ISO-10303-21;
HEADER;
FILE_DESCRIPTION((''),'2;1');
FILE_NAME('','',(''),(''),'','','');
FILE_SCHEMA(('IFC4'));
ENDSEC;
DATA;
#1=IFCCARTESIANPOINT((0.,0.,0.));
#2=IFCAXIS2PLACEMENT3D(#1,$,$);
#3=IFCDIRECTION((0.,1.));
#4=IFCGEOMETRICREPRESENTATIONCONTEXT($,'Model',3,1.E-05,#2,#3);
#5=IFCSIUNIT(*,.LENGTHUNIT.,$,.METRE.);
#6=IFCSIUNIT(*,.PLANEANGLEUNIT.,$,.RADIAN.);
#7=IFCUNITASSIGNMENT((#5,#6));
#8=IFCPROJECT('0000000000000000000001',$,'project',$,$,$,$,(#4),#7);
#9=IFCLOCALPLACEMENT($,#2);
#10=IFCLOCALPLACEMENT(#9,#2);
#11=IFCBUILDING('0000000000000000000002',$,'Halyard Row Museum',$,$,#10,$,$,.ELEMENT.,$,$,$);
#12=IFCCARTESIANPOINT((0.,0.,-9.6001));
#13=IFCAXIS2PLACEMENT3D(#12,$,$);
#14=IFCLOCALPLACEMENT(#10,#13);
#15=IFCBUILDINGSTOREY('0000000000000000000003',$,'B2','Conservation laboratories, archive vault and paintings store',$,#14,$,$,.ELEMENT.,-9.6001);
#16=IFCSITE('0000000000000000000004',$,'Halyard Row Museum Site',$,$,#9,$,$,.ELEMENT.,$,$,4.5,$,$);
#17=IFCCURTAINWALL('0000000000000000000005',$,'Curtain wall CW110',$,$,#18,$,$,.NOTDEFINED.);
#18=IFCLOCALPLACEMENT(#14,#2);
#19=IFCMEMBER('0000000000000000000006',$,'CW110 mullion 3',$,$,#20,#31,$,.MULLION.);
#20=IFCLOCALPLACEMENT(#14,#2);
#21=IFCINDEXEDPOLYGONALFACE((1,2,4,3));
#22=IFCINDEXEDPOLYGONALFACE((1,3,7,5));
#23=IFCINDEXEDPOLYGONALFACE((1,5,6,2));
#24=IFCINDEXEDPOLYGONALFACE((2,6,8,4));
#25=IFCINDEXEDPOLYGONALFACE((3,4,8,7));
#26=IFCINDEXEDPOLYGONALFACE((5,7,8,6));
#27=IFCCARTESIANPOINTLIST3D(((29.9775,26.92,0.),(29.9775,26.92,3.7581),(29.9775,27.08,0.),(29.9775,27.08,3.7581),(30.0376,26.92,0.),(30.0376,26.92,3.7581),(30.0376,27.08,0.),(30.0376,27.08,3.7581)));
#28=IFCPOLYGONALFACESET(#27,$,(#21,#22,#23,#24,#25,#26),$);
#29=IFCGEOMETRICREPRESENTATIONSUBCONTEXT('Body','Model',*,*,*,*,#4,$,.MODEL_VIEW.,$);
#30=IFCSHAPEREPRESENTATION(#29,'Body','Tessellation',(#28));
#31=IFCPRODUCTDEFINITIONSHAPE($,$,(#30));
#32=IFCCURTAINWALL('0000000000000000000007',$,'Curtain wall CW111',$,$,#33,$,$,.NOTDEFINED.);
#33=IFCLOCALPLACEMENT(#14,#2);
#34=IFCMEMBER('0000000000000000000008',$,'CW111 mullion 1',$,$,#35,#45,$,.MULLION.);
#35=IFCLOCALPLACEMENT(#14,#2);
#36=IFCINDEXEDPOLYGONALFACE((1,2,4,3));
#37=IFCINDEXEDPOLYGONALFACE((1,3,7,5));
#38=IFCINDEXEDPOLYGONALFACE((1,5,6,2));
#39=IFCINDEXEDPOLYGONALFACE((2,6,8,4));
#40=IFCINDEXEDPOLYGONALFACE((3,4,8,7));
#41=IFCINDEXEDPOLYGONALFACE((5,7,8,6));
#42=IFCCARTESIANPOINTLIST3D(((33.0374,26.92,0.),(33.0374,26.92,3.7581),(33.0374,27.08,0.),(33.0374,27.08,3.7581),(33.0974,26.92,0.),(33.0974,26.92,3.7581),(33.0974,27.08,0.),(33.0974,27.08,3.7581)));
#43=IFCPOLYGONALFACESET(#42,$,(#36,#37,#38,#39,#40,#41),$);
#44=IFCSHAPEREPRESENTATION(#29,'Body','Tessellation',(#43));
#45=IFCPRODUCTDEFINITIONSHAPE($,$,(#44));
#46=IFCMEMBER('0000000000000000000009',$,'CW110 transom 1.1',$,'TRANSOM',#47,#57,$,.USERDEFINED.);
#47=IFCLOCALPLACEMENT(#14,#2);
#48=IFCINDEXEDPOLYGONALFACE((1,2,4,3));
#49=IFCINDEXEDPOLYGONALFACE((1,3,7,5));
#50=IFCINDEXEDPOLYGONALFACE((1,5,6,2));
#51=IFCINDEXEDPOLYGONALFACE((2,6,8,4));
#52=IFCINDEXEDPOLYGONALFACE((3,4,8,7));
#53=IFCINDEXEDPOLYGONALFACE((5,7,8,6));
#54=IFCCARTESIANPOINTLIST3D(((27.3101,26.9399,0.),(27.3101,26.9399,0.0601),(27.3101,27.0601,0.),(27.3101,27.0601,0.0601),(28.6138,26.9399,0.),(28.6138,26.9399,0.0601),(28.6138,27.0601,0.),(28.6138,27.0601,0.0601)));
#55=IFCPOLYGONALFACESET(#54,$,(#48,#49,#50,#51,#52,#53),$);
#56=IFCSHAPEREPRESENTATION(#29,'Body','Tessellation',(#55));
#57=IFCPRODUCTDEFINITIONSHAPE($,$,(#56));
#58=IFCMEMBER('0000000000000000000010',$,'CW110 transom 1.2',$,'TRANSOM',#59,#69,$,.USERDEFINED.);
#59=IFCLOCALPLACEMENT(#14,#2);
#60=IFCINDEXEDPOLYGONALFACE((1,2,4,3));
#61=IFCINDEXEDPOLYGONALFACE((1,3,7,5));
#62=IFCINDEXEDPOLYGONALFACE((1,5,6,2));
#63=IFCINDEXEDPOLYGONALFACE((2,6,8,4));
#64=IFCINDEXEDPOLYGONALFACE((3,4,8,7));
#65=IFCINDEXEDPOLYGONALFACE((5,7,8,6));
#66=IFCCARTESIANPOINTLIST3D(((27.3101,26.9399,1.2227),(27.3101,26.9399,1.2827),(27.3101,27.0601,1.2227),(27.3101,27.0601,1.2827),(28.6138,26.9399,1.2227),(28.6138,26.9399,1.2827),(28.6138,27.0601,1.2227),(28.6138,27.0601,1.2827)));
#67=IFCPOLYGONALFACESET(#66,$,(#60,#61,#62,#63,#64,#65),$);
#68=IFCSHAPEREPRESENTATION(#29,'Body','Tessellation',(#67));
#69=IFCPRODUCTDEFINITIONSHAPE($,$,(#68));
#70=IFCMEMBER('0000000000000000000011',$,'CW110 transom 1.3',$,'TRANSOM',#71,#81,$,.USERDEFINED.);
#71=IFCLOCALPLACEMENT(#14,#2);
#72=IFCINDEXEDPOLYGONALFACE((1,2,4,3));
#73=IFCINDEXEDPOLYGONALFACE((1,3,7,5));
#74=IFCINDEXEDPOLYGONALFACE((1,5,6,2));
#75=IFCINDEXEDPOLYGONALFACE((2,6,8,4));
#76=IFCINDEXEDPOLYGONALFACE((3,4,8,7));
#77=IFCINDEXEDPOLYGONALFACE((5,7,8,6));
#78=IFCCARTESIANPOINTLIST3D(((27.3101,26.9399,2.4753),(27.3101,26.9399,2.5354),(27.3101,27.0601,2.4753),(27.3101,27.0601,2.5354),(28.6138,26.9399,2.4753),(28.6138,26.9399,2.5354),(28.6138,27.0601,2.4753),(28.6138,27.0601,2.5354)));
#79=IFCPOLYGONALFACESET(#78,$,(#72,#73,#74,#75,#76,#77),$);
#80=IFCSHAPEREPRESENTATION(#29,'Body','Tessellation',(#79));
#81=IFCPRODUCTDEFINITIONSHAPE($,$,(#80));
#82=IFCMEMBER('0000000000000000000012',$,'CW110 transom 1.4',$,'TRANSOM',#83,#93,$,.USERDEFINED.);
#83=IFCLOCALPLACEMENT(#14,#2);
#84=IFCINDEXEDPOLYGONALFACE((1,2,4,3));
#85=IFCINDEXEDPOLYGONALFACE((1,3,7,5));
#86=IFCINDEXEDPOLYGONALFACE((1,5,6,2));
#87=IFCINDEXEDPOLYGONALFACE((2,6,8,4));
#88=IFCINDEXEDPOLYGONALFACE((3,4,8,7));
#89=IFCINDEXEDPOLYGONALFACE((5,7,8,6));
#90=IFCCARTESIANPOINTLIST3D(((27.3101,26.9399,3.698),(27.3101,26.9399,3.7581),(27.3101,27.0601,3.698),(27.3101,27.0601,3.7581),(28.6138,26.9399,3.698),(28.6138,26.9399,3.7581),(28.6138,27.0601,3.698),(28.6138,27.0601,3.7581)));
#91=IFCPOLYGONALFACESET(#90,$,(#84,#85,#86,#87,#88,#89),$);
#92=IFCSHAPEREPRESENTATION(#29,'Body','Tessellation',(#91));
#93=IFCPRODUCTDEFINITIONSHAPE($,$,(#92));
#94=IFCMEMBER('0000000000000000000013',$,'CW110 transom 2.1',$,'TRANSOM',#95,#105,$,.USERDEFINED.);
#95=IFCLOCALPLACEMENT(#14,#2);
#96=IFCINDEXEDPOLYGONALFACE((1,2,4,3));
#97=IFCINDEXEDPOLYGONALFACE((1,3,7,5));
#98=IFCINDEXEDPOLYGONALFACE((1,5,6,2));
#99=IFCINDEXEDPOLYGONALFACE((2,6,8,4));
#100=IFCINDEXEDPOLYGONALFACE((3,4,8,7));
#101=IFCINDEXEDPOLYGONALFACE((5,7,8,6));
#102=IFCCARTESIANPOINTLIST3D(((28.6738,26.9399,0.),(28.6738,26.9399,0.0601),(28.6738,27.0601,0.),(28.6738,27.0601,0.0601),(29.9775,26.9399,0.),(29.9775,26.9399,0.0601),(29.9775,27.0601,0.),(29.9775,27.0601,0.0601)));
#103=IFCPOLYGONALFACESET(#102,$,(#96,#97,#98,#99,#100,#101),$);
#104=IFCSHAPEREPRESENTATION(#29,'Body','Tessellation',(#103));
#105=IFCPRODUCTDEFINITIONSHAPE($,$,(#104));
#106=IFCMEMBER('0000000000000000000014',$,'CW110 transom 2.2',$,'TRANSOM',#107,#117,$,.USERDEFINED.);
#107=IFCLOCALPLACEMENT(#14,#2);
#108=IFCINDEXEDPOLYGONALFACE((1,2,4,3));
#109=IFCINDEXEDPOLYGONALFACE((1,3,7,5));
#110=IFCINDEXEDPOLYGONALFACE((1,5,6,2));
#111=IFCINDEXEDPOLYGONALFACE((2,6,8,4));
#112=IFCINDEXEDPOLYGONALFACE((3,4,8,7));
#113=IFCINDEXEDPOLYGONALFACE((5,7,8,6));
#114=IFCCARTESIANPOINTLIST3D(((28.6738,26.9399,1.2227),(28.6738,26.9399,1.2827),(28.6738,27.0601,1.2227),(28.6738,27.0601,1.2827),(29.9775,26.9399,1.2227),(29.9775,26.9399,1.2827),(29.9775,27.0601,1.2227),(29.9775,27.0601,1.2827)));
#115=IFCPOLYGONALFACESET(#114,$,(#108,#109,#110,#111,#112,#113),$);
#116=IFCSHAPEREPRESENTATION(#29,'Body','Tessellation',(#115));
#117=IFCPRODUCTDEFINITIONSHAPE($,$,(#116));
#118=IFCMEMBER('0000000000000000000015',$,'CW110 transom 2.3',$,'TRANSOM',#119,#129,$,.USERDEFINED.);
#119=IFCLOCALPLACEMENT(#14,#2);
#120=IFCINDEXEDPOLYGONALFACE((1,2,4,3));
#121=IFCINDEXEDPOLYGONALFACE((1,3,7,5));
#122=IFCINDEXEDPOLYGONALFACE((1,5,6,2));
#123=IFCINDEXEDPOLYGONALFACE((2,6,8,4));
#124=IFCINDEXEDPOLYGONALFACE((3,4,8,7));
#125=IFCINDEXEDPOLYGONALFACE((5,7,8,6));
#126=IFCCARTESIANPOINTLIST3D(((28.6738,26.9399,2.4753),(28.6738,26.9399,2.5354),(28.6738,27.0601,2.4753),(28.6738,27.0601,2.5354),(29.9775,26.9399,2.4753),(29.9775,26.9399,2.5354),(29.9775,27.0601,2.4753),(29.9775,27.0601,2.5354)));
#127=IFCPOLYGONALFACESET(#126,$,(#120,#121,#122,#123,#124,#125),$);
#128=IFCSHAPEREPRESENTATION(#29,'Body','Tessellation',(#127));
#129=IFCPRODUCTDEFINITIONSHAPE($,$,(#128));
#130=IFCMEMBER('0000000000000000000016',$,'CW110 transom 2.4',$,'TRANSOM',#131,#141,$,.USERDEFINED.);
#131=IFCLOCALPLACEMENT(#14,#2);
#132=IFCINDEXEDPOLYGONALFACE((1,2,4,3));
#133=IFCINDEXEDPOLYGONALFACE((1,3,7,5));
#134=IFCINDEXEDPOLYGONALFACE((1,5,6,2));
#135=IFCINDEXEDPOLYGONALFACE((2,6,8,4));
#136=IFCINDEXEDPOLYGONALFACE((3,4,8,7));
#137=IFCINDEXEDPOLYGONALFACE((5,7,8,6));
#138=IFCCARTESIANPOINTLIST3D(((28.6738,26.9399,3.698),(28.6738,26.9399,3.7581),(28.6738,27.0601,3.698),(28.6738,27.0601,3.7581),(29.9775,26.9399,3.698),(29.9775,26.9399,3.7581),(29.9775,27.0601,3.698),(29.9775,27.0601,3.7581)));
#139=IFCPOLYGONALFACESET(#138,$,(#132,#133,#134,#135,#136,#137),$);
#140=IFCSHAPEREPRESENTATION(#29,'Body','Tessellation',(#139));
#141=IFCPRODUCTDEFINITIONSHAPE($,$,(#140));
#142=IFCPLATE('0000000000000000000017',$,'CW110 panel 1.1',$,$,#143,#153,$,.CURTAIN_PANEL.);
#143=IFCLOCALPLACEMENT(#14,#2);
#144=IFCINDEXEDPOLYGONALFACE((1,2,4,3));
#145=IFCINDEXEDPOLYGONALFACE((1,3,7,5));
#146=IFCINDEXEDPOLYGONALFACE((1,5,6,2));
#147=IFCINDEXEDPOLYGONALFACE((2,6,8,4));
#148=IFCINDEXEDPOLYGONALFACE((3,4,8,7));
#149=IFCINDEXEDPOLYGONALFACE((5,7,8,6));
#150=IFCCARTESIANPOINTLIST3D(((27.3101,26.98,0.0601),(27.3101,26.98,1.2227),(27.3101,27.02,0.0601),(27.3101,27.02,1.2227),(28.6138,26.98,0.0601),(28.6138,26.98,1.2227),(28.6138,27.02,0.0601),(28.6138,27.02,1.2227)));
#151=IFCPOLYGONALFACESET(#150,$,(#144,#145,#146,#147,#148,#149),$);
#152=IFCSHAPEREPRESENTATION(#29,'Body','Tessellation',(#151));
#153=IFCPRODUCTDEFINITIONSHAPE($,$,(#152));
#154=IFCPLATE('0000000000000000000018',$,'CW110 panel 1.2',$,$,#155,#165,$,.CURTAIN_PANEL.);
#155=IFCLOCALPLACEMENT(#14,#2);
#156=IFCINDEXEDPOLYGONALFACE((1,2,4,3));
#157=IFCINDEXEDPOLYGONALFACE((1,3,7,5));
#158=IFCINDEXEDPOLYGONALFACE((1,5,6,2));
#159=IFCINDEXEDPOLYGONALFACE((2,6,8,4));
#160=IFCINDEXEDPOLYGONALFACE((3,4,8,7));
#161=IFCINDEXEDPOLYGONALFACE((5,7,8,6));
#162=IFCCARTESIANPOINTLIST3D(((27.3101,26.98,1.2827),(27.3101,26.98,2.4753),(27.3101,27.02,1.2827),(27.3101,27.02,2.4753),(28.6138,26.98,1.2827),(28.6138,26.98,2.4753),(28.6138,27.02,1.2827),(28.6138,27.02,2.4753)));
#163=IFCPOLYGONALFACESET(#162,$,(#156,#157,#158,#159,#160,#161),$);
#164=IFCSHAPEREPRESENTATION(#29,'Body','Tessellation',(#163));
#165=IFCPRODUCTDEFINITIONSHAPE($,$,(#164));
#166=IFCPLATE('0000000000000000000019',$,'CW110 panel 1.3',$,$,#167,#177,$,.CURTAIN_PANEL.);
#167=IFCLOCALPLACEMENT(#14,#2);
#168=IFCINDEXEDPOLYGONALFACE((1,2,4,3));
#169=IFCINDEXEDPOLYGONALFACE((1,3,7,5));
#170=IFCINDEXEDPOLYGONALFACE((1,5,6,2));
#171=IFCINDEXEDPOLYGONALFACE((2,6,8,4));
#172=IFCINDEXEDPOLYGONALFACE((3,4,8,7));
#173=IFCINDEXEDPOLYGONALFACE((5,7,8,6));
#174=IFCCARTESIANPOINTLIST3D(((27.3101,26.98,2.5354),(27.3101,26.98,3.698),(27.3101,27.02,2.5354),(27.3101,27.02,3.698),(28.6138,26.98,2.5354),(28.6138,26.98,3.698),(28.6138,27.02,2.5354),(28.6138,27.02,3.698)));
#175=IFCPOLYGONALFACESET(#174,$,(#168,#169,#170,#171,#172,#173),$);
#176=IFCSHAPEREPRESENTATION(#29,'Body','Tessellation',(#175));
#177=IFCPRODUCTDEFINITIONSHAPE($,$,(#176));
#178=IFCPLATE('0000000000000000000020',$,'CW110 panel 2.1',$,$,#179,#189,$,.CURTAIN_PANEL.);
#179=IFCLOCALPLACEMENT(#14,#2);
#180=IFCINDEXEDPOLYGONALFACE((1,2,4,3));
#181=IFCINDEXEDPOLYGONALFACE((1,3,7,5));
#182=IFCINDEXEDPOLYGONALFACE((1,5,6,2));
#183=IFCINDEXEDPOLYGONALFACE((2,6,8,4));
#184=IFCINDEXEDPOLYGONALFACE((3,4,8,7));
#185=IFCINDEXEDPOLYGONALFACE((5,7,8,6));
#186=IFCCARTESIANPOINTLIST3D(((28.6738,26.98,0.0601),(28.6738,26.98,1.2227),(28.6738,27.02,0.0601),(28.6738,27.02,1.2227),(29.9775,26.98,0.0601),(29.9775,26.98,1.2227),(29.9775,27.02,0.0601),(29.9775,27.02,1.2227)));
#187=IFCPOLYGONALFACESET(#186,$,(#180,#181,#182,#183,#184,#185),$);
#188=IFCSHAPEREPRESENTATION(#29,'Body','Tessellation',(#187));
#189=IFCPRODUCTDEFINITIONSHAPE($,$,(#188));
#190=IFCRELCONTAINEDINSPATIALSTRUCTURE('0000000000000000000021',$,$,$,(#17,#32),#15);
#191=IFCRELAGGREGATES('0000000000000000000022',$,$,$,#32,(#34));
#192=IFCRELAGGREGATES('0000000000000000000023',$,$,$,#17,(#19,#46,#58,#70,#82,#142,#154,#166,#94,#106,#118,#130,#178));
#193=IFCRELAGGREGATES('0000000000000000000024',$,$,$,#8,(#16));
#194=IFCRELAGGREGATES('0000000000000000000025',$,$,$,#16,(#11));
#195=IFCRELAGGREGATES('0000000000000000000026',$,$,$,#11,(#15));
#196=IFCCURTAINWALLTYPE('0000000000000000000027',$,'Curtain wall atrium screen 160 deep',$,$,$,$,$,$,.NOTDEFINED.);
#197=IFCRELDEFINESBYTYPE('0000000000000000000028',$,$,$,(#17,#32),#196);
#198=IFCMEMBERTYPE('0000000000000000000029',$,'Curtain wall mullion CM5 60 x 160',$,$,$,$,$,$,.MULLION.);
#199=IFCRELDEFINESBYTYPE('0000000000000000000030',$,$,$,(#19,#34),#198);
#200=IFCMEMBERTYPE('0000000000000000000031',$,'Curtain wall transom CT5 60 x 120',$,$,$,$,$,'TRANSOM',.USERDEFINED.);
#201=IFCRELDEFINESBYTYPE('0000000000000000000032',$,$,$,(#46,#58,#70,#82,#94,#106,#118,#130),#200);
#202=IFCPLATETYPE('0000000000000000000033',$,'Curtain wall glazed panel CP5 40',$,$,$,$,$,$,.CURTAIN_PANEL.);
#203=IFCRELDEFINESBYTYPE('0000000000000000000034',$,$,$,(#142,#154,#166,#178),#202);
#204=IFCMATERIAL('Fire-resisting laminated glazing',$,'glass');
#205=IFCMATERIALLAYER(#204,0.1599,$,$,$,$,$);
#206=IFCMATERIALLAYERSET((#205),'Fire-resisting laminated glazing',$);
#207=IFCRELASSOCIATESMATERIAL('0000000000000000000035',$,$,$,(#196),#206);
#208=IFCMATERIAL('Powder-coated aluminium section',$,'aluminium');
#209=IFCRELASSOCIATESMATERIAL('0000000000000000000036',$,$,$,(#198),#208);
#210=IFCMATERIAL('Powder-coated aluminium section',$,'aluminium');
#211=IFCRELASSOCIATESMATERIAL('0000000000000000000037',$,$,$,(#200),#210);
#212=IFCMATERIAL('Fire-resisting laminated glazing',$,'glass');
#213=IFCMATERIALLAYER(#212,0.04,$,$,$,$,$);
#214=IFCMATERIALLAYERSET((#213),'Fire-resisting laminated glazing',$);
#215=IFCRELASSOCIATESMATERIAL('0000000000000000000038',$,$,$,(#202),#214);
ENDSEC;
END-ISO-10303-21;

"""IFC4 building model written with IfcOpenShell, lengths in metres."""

from ifc_helpers import new_model, si_unit, direction, frame, origin, origin_2d, place, context, subcontext, project, spatial, rectangle, extrude, material, layer, layer_set, material_profile, profile_set, type_object, element, aggregate, save


model = new_model("IFC4")

# Units and contexts
model_context = context("Model", 3, precision=1e-05, world=origin(), true_north=direction((0.0, 1.0)))
body_context = subcontext(model_context, "Body", "Model", "MODEL_VIEW")
ifc_project = project(units=[si_unit("LENGTHUNIT", "METRE"), si_unit("PLANEANGLEUNIT", "RADIAN")], contexts=[model_context])

# Site, building, storey
site_placement = place(None, origin())
site = spatial("IfcSite", under=ifc_project, at=site_placement, Name="Halyard Row Museum Site", CompositionType="ELEMENT", RefElevation=4.5)
building_placement = place(site_placement, origin())
building = spatial("IfcBuilding", under=site, at=building_placement, Name="Halyard Row Museum", CompositionType="ELEMENT")
storey_placement = place(building_placement, frame((0.0, 0.0, -9.6001)))
storey = spatial("IfcBuildingStorey", under=building, at=storey_placement, Name="B2", Description="Conservation laboratories, archive vault and paintings store", CompositionType="ELEMENT", Elevation=-9.6001)

# Curtain wall, member
ifc_material_1 = material(Name="Fire-resisting laminated glazing", Category="glass")
ifc_layer_1 = layer(ifc_material_1, 0.1599)
ifc_layer_set_1 = layer_set([ifc_layer_1], Name="Fire-resisting laminated glazing")
curtain_wall_type = type_object("IfcCurtainWallType", Name="Curtain wall atrium screen 160 deep", PredefinedType="NOTDEFINED", material=ifc_layer_set_1)
curtain_wall_1_placement = place(storey_placement, origin())
curtain_wall_1 = element("IfcCurtainWall", 1, at=curtain_wall_1_placement, inside=storey, type_object=curtain_wall_type, Name="Curtain wall CW110", PredefinedType="NOTDEFINED")
ifc_material_2 = material(Name="Powder-coated aluminium section", Category="aluminium")
ifc_material_profile_1 = material_profile(ifc_material_2, rectangle(XDim=0.1599, YDim=0.0601, at=origin_2d()), Name="160x60 mullion")
ifc_profile_set_1 = profile_set([ifc_material_profile_1], Name="Powder-coated aluminium section")
member_type_1 = type_object("IfcMemberType", Name="Curtain wall mullion CM5 60 x 160", PredefinedType="MULLION", material=ifc_profile_set_1)
member_1_placement = place(storey_placement, frame((30.0076, 27.0, 0.0), z_axis=(0.0, 0.0, 1.0), x_axis=(0.0, 1.0, 0.0)))
member_1 = element("IfcMember", 2, at=member_1_placement, type_object=member_type_1, Name="CW110 mullion 3", PredefinedType="MULLION", context=body_context, shape_type="SweptSolid", body=[
    extrude(rectangle(XDim=0.1599, YDim=0.0601, at=origin_2d()), origin(), (0.0, 0.0, 1.0), 3.7581),
])

# Curtain wall, member
curtain_wall_2_placement = place(storey_placement, origin())
curtain_wall_2 = element("IfcCurtainWall", 3, at=curtain_wall_2_placement, inside=storey, type_object=curtain_wall_type, Name="Curtain wall CW111", PredefinedType="NOTDEFINED")
member_2_placement = place(storey_placement, frame((33.0674, 27.0, 0.0), z_axis=(0.0, 0.0, 1.0), x_axis=(0.0, 1.0, 0.0)))
member_2 = element("IfcMember", 4, at=member_2_placement, type_object=member_type_1, Name="CW111 mullion 1", PredefinedType="MULLION", context=body_context, shape_type="SweptSolid", body=[
    extrude(rectangle(XDim=0.1599, YDim=0.0601, at=origin_2d()), origin(), (0.0, 0.0, 1.0), 3.7581),
])
aggregate(curtain_wall_2, [member_2])

# Members
ifc_material_3 = material(Name="Powder-coated aluminium section", Category="aluminium")
ifc_material_profile_2 = material_profile(ifc_material_3, rectangle(XDim=0.1201, YDim=0.0601, at=origin_2d()), Name="120x60 transom")
ifc_profile_set_2 = profile_set([ifc_material_profile_2], Name="Powder-coated aluminium section")
member_type_2 = type_object("IfcMemberType", Name="Curtain wall transom CT5 60 x 120", ElementType="TRANSOM", PredefinedType="USERDEFINED", material=ifc_profile_set_2)
member_3_placement = place(storey_placement, frame((27.3101, 27.0, 0.03), z_axis=(1.0, 0.0, 0.0), x_axis=(0.0, 1.0, 0.0)))
member_3 = element("IfcMember", 5, at=member_3_placement, type_object=member_type_2, Name="CW110 transom 1.1", ObjectType="TRANSOM", PredefinedType="USERDEFINED", context=body_context, shape_type="SweptSolid", body=[
    extrude(rectangle(XDim=0.1201, YDim=0.0601, at=origin_2d()), origin(), (0.0, 0.0, 1.0), 1.3037),
])
member_4_placement = place(storey_placement, frame((27.3101, 27.0, 1.2527), z_axis=(1.0, 0.0, 0.0), x_axis=(0.0, 1.0, 0.0)))
member_4 = element("IfcMember", 6, at=member_4_placement, type_object=member_type_2, Name="CW110 transom 1.2", ObjectType="TRANSOM", PredefinedType="USERDEFINED", context=body_context, shape_type="SweptSolid", body=[
    extrude(rectangle(XDim=0.1201, YDim=0.0601, at=origin_2d()), origin(), (0.0, 0.0, 1.0), 1.3037),
])
member_5_placement = place(storey_placement, frame((27.3101, 27.0, 2.5054), z_axis=(1.0, 0.0, 0.0), x_axis=(0.0, 1.0, 0.0)))
member_5 = element("IfcMember", 7, at=member_5_placement, type_object=member_type_2, Name="CW110 transom 1.3", ObjectType="TRANSOM", PredefinedType="USERDEFINED", context=body_context, shape_type="SweptSolid", body=[
    extrude(rectangle(XDim=0.1201, YDim=0.0601, at=origin_2d()), origin(), (0.0, 0.0, 1.0), 1.3037),
])
member_6_placement = place(storey_placement, frame((27.3101, 27.0, 3.728), z_axis=(1.0, 0.0, 0.0), x_axis=(0.0, 1.0, 0.0)))
member_6 = element("IfcMember", 8, at=member_6_placement, type_object=member_type_2, Name="CW110 transom 1.4", ObjectType="TRANSOM", PredefinedType="USERDEFINED", context=body_context, shape_type="SweptSolid", body=[
    extrude(rectangle(XDim=0.1201, YDim=0.0601, at=origin_2d()), origin(), (0.0, 0.0, 1.0), 1.3037),
])
member_7_placement = place(storey_placement, frame((28.6738, 27.0, 0.03), z_axis=(1.0, 0.0, 0.0), x_axis=(0.0, 1.0, 0.0)))
member_7 = element("IfcMember", 9, at=member_7_placement, type_object=member_type_2, Name="CW110 transom 2.1", ObjectType="TRANSOM", PredefinedType="USERDEFINED", context=body_context, shape_type="SweptSolid", body=[
    extrude(rectangle(XDim=0.1201, YDim=0.0601, at=origin_2d()), origin(), (0.0, 0.0, 1.0), 1.3037),
])
member_8_placement = place(storey_placement, frame((28.6738, 27.0, 1.2527), z_axis=(1.0, 0.0, 0.0), x_axis=(0.0, 1.0, 0.0)))
member_8 = element("IfcMember", 10, at=member_8_placement, type_object=member_type_2, Name="CW110 transom 2.2", ObjectType="TRANSOM", PredefinedType="USERDEFINED", context=body_context, shape_type="SweptSolid", body=[
    extrude(rectangle(XDim=0.1201, YDim=0.0601, at=origin_2d()), origin(), (0.0, 0.0, 1.0), 1.3037),
])
member_9_placement = place(storey_placement, frame((28.6738, 27.0, 2.5054), z_axis=(1.0, 0.0, 0.0), x_axis=(0.0, 1.0, 0.0)))
member_9 = element("IfcMember", 11, at=member_9_placement, type_object=member_type_2, Name="CW110 transom 2.3", ObjectType="TRANSOM", PredefinedType="USERDEFINED", context=body_context, shape_type="SweptSolid", body=[
    extrude(rectangle(XDim=0.1201, YDim=0.0601, at=origin_2d()), origin(), (0.0, 0.0, 1.0), 1.3037),
])
member_10_placement = place(storey_placement, frame((28.6738, 27.0, 3.728), z_axis=(1.0, 0.0, 0.0), x_axis=(0.0, 1.0, 0.0)))
member_10 = element("IfcMember", 12, at=member_10_placement, type_object=member_type_2, Name="CW110 transom 2.4", ObjectType="TRANSOM", PredefinedType="USERDEFINED", context=body_context, shape_type="SweptSolid", body=[
    extrude(rectangle(XDim=0.1201, YDim=0.0601, at=origin_2d()), origin(), (0.0, 0.0, 1.0), 1.3037),
])

# Plates
ifc_material_4 = material(Name="Fire-resisting laminated glazing", Category="glass")
ifc_layer_2 = layer(ifc_material_4, 0.04)
ifc_layer_set_2 = layer_set([ifc_layer_2], Name="Fire-resisting laminated glazing")
plate_type = type_object("IfcPlateType", Name="Curtain wall glazed panel CP5 40", PredefinedType="CURTAIN_PANEL", material=ifc_layer_set_2)
plate_1_placement = place(storey_placement, frame((27.9619, 27.0, 0.0601), z_axis=(0.0, 0.0, 1.0), x_axis=(1.0, 0.0, 0.0)))
plate_1 = element("IfcPlate", 13, at=plate_1_placement, type_object=plate_type, Name="CW110 panel 1.1", PredefinedType="CURTAIN_PANEL", context=body_context, shape_type="SweptSolid", body=[
    extrude(rectangle(XDim=1.3037, YDim=0.04, at=origin_2d()), origin(), (0.0, 0.0, 1.0), 1.1626),
])
plate_2_placement = place(storey_placement, frame((27.9619, 27.0, 1.2827), z_axis=(0.0, 0.0, 1.0), x_axis=(1.0, 0.0, 0.0)))
plate_2 = element("IfcPlate", 14, at=plate_2_placement, type_object=plate_type, Name="CW110 panel 1.2", PredefinedType="CURTAIN_PANEL", context=body_context, shape_type="SweptSolid", body=[
    extrude(rectangle(XDim=1.3037, YDim=0.04, at=origin_2d()), origin(), (0.0, 0.0, 1.0), 1.1926),
])
plate_3_placement = place(storey_placement, frame((27.9619, 27.0, 2.5354), z_axis=(0.0, 0.0, 1.0), x_axis=(1.0, 0.0, 0.0)))
plate_3 = element("IfcPlate", 15, at=plate_3_placement, type_object=plate_type, Name="CW110 panel 1.3", PredefinedType="CURTAIN_PANEL", context=body_context, shape_type="SweptSolid", body=[
    extrude(rectangle(XDim=1.3037, YDim=0.04, at=origin_2d()), origin(), (0.0, 0.0, 1.0), 1.1626),
])
plate_4_placement = place(storey_placement, frame((29.3257, 27.0, 0.0601), z_axis=(0.0, 0.0, 1.0), x_axis=(1.0, 0.0, 0.0)))
plate_4 = element("IfcPlate", 16, at=plate_4_placement, type_object=plate_type, Name="CW110 panel 2.1", PredefinedType="CURTAIN_PANEL", context=body_context, shape_type="SweptSolid", body=[
    extrude(rectangle(XDim=1.3037, YDim=0.04, at=origin_2d()), origin(), (0.0, 0.0, 1.0), 1.1626),
])
aggregate(curtain_wall_1, [member_1, member_3, member_4, member_5, member_6, plate_1, plate_2, plate_3, member_7, member_8, member_9, member_10, plate_4])

save(model, "model.ifc")
